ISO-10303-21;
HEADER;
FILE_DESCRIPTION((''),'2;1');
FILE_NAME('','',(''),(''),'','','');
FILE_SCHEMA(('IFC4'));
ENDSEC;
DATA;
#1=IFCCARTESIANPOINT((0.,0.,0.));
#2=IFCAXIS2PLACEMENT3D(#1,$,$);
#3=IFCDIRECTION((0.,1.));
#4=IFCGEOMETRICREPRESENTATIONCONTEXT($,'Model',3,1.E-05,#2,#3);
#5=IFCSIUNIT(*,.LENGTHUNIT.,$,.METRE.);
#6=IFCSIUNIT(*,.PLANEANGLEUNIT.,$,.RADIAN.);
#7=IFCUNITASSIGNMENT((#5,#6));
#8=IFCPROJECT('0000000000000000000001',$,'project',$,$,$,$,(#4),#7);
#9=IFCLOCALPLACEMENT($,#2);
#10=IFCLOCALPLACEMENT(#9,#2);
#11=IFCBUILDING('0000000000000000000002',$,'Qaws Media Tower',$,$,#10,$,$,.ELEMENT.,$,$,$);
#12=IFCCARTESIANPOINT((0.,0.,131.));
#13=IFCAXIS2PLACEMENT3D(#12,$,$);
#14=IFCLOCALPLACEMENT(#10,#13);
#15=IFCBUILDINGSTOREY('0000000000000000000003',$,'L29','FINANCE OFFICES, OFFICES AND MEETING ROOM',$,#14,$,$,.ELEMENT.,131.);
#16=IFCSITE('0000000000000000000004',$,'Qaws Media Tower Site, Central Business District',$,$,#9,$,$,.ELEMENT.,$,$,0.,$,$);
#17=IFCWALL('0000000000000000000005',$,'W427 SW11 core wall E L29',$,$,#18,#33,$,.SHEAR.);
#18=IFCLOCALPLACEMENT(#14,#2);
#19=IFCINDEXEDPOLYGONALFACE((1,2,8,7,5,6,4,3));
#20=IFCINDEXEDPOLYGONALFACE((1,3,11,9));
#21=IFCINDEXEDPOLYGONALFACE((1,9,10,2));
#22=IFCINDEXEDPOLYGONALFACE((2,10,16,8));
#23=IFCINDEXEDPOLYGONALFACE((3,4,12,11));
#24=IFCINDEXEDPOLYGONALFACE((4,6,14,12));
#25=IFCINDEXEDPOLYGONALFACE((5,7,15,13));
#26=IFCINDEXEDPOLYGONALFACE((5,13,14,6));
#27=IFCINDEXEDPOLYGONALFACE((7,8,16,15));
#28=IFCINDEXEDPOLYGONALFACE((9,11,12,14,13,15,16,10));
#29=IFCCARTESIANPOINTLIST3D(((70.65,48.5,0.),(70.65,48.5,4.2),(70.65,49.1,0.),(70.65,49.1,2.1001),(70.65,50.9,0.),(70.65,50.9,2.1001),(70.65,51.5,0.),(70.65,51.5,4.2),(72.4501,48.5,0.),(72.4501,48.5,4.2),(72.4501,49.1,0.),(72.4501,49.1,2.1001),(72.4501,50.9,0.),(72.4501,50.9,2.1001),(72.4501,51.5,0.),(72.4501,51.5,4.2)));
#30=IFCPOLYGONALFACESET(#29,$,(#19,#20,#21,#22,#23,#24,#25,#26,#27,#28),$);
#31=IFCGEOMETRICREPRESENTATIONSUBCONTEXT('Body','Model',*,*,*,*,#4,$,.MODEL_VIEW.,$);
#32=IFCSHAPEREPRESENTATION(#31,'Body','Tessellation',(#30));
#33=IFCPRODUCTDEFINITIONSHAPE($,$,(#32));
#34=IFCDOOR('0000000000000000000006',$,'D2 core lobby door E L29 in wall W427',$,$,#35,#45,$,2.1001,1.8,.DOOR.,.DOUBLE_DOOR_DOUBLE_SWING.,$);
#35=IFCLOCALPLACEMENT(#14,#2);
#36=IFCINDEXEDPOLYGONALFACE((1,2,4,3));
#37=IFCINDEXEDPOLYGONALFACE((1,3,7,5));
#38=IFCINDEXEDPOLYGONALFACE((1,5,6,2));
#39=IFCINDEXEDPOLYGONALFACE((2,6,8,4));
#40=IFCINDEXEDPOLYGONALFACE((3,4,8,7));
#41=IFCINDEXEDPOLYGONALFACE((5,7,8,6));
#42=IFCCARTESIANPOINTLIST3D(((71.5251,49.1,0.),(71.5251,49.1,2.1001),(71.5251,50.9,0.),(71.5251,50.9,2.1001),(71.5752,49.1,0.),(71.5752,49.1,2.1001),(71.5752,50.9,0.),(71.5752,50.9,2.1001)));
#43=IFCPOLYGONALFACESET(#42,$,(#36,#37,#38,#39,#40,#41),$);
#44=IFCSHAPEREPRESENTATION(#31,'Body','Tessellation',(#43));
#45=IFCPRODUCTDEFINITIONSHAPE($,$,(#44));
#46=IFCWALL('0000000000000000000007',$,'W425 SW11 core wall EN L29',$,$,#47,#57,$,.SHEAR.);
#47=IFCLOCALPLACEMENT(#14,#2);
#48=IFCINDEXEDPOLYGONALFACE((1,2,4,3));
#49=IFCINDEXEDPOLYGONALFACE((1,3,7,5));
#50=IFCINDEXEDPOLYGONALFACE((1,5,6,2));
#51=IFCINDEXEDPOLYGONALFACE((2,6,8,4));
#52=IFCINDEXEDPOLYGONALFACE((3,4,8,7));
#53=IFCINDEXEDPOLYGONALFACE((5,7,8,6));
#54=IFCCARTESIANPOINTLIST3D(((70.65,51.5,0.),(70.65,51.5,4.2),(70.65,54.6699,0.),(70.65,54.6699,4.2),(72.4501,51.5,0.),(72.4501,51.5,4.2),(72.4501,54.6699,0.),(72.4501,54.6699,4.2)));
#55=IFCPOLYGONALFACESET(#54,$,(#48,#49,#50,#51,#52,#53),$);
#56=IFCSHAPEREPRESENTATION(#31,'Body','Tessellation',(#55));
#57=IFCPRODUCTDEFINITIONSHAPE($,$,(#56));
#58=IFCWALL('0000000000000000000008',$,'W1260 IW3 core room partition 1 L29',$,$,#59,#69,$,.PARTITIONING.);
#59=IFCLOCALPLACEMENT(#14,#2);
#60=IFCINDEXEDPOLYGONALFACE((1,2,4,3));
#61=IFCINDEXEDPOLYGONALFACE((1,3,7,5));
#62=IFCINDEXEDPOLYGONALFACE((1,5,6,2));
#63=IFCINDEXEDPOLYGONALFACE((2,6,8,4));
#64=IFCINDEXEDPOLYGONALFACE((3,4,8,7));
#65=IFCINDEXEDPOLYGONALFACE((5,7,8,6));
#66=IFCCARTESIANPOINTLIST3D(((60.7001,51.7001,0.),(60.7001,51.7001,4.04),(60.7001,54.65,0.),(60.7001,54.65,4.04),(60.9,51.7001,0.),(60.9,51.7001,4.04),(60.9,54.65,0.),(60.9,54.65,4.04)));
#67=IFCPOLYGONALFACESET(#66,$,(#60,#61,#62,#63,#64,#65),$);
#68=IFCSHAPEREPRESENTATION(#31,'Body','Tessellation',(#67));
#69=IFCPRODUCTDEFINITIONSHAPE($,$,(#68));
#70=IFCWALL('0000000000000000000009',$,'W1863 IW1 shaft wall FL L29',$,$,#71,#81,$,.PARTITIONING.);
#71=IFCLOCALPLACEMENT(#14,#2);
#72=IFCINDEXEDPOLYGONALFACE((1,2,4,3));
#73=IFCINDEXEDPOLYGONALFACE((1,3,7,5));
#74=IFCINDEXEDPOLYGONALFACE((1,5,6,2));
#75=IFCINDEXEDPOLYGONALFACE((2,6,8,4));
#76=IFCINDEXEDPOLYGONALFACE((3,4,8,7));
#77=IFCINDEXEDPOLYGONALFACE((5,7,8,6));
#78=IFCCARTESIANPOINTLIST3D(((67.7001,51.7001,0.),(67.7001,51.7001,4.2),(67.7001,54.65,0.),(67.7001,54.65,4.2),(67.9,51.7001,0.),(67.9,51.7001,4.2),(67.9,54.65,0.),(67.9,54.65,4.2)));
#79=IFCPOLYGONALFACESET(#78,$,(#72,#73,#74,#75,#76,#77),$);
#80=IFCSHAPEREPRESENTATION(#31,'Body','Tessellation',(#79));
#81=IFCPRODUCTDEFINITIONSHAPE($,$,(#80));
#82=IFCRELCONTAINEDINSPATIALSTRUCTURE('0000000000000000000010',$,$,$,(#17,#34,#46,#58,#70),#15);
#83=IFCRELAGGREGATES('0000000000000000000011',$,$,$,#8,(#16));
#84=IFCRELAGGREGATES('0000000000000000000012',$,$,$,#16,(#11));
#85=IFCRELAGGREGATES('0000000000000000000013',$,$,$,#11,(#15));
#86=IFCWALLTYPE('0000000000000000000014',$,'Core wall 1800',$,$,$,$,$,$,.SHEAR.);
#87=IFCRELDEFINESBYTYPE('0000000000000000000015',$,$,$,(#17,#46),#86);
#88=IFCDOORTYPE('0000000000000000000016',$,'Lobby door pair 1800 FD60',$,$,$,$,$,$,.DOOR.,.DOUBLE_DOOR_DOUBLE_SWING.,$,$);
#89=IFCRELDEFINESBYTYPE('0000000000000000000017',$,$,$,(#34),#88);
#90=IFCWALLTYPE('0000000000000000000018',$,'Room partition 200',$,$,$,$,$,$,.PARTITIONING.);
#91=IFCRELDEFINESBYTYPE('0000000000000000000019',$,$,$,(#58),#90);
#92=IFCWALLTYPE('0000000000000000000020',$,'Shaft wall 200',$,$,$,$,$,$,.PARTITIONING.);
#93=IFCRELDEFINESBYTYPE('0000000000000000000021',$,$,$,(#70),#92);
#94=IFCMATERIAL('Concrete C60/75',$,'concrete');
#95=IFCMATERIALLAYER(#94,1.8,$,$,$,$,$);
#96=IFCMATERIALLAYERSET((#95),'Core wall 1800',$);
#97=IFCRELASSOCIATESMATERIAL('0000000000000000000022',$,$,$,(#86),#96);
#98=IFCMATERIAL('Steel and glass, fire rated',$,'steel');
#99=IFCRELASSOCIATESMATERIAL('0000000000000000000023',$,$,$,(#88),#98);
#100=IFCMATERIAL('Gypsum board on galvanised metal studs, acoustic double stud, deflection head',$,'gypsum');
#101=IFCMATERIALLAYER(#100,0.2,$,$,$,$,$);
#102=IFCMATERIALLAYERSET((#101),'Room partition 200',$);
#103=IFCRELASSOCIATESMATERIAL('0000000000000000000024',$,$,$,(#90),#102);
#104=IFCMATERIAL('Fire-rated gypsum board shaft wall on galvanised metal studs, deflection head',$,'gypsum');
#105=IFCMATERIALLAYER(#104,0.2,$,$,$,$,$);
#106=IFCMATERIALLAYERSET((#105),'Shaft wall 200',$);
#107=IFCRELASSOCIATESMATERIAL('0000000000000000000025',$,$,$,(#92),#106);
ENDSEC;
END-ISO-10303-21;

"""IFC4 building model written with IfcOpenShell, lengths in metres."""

from ifc_helpers import new_model, si_unit, direction, frame, frame_2d, origin, place, context, subcontext, project, spatial, rectangle, extrude, material, layer, layer_set, type_object, element, fill, save


model = new_model("IFC4")

# Units and contexts
model_context = context("Model", 3, precision=1e-05, world=origin(), true_north=direction((0.0, 1.0)))
body_context = subcontext(model_context, "Body", "Model", "MODEL_VIEW")
ifc_project = project(units=[si_unit("LENGTHUNIT", "METRE"), si_unit("PLANEANGLEUNIT", "RADIAN")], contexts=[model_context])

# Site, building, storey
site_placement = place(None, origin())
site = spatial("IfcSite", under=ifc_project, at=site_placement, Name="Qaws Media Tower Site, Central Business District", CompositionType="ELEMENT", RefElevation=0.0)
building_placement = place(site_placement, origin())
building = spatial("IfcBuilding", under=site, at=building_placement, Name="Qaws Media Tower", CompositionType="ELEMENT")
storey_placement = place(building_placement, frame((0.0, 0.0, 131.0)))
storey = spatial("IfcBuildingStorey", under=building, at=storey_placement, Name="L29", Description="FINANCE OFFICES, OFFICES AND MEETING ROOM", CompositionType="ELEMENT", Elevation=131.0)

# Shared definitions
ifc_material_1 = material(Name="Concrete C60/75", Category="concrete")
ifc_layer_1 = layer(ifc_material_1, 1.8)
ifc_layer_set_1 = layer_set([ifc_layer_1], Name="Core wall 1800")
wall_type_1 = type_object("IfcWallType", Name="Core wall 1800", PredefinedType="SHEAR", material=ifc_layer_set_1)

# Wall, opening, door
wall_1_placement = place(storey_placement, frame((71.55, 48.5, 0.0), z_axis=(0.0, 0.0, 1.0), x_axis=(0.0, 1.0, 0.0)))
wall_1 = element("IfcWall", 1, at=wall_1_placement, inside=storey, type_object=wall_type_1, Name="W427 SW11 core wall E L29", PredefinedType="SHEAR", context=body_context, shape_type="SweptSolid", body=[
    extrude(rectangle(XDim=3.0, YDim=1.8, at=frame_2d((1.5, 0.0))), origin(), (0.0, 0.0, 1.0), 4.2),
])
opening_1_placement = place(wall_1_placement, frame((0.6001, 0.0, 0.0)))
opening_1 = element("IfcOpeningElement", 2, at=opening_1_placement, cuts=wall_1, PredefinedType="OPENING", context=body_context, shape_type="SweptSolid", body=[
    extrude(rectangle(XDim=1.8, YDim=2.1001, at=frame_2d((0.8999, 1.05))), frame((0.0, 0.9099, 0.0), z_axis=(0.0, -1.0, 0.0), x_axis=(1.0, 0.0, 0.0)), (0.0, 0.0, 1.0), 1.8201),
])
ifc_material_2 = material(Name="Steel and glass, fire rated", Category="steel")
door_type_1 = type_object("IfcDoorType", Name="Lobby door pair 1800 FD60", OperationType="DOUBLE_DOOR_DOUBLE_SWING", PredefinedType="DOOR", material=ifc_material_2)
door_1_placement = place(opening_1_placement, origin())
door_1 = element("IfcDoor", 3, at=door_1_placement, inside=storey, type_object=door_type_1, Name="D2 core lobby door E L29 in wall W427", OperationType="DOUBLE_DOOR_DOUBLE_SWING", OverallHeight=2.1001, OverallWidth=1.8, PredefinedType="DOOR", context=body_context, shape_type="SweptSolid", body=[
    extrude(rectangle(XDim=1.8, YDim=2.1001, at=frame_2d((0.8999, 1.05))), frame((0.0, 0.0249, 0.0), z_axis=(0.0, -1.0, 0.0), x_axis=(1.0, 0.0, 0.0)), (0.0, 0.0, 1.0), 0.05),
])
fill(opening_1, door_1)

# Walls
wall_2_placement = place(storey_placement, frame((71.55, 51.5, 0.0), z_axis=(0.0, 0.0, 1.0), x_axis=(0.0, 1.0, 0.0)))
element("IfcWall", 4, at=wall_2_placement, inside=storey, type_object=wall_type_1, Name="W425 SW11 core wall EN L29", PredefinedType="SHEAR", context=body_context, shape_type="SweptSolid", body=[
    extrude(rectangle(XDim=3.1699, YDim=1.8, at=frame_2d((1.585, 0.0))), origin(), (0.0, 0.0, 1.0), 4.2),
])
ifc_material_3 = material(Name="Gypsum board on galvanised metal studs, acoustic double stud, deflection head", Category="gypsum")
ifc_layer_2 = layer(ifc_material_3, 0.2)
ifc_layer_set_2 = layer_set([ifc_layer_2], Name="Room partition 200")
wall_type_2 = type_object("IfcWallType", Name="Room partition 200", PredefinedType="PARTITIONING", material=ifc_layer_set_2)
wall_3_placement = place(storey_placement, frame((60.8, 51.7, 0.0), z_axis=(0.0, 0.0, 1.0), x_axis=(0.0, 1.0, 0.0)))
element("IfcWall", 5, at=wall_3_placement, inside=storey, type_object=wall_type_2, Name="W1260 IW3 core room partition 1 L29", PredefinedType="PARTITIONING", context=body_context, shape_type="SweptSolid", body=[
    extrude(rectangle(XDim=2.95, YDim=0.2, at=frame_2d((1.4751, 0.0))), origin(), (0.0, 0.0, 1.0), 4.04),
])
ifc_material_4 = material(Name="Fire-rated gypsum board shaft wall on galvanised metal studs, deflection head", Category="gypsum")
ifc_layer_3 = layer(ifc_material_4, 0.2)
ifc_layer_set_3 = layer_set([ifc_layer_3], Name="Shaft wall 200")
wall_type_3 = type_object("IfcWallType", Name="Shaft wall 200", PredefinedType="PARTITIONING", material=ifc_layer_set_3)
wall_4_placement = place(storey_placement, frame((67.8, 51.7, 0.0), z_axis=(0.0, 0.0, 1.0), x_axis=(0.0, 1.0, 0.0)))
element("IfcWall", 6, at=wall_4_placement, inside=storey, type_object=wall_type_3, Name="W1863 IW1 shaft wall FL L29", PredefinedType="PARTITIONING", context=body_context, shape_type="SweptSolid", body=[
    extrude(rectangle(XDim=2.95, YDim=0.2, at=frame_2d((1.4751, 0.0))), origin(), (0.0, 0.0, 1.0), 4.2),
])

save(model, "model.ifc")
